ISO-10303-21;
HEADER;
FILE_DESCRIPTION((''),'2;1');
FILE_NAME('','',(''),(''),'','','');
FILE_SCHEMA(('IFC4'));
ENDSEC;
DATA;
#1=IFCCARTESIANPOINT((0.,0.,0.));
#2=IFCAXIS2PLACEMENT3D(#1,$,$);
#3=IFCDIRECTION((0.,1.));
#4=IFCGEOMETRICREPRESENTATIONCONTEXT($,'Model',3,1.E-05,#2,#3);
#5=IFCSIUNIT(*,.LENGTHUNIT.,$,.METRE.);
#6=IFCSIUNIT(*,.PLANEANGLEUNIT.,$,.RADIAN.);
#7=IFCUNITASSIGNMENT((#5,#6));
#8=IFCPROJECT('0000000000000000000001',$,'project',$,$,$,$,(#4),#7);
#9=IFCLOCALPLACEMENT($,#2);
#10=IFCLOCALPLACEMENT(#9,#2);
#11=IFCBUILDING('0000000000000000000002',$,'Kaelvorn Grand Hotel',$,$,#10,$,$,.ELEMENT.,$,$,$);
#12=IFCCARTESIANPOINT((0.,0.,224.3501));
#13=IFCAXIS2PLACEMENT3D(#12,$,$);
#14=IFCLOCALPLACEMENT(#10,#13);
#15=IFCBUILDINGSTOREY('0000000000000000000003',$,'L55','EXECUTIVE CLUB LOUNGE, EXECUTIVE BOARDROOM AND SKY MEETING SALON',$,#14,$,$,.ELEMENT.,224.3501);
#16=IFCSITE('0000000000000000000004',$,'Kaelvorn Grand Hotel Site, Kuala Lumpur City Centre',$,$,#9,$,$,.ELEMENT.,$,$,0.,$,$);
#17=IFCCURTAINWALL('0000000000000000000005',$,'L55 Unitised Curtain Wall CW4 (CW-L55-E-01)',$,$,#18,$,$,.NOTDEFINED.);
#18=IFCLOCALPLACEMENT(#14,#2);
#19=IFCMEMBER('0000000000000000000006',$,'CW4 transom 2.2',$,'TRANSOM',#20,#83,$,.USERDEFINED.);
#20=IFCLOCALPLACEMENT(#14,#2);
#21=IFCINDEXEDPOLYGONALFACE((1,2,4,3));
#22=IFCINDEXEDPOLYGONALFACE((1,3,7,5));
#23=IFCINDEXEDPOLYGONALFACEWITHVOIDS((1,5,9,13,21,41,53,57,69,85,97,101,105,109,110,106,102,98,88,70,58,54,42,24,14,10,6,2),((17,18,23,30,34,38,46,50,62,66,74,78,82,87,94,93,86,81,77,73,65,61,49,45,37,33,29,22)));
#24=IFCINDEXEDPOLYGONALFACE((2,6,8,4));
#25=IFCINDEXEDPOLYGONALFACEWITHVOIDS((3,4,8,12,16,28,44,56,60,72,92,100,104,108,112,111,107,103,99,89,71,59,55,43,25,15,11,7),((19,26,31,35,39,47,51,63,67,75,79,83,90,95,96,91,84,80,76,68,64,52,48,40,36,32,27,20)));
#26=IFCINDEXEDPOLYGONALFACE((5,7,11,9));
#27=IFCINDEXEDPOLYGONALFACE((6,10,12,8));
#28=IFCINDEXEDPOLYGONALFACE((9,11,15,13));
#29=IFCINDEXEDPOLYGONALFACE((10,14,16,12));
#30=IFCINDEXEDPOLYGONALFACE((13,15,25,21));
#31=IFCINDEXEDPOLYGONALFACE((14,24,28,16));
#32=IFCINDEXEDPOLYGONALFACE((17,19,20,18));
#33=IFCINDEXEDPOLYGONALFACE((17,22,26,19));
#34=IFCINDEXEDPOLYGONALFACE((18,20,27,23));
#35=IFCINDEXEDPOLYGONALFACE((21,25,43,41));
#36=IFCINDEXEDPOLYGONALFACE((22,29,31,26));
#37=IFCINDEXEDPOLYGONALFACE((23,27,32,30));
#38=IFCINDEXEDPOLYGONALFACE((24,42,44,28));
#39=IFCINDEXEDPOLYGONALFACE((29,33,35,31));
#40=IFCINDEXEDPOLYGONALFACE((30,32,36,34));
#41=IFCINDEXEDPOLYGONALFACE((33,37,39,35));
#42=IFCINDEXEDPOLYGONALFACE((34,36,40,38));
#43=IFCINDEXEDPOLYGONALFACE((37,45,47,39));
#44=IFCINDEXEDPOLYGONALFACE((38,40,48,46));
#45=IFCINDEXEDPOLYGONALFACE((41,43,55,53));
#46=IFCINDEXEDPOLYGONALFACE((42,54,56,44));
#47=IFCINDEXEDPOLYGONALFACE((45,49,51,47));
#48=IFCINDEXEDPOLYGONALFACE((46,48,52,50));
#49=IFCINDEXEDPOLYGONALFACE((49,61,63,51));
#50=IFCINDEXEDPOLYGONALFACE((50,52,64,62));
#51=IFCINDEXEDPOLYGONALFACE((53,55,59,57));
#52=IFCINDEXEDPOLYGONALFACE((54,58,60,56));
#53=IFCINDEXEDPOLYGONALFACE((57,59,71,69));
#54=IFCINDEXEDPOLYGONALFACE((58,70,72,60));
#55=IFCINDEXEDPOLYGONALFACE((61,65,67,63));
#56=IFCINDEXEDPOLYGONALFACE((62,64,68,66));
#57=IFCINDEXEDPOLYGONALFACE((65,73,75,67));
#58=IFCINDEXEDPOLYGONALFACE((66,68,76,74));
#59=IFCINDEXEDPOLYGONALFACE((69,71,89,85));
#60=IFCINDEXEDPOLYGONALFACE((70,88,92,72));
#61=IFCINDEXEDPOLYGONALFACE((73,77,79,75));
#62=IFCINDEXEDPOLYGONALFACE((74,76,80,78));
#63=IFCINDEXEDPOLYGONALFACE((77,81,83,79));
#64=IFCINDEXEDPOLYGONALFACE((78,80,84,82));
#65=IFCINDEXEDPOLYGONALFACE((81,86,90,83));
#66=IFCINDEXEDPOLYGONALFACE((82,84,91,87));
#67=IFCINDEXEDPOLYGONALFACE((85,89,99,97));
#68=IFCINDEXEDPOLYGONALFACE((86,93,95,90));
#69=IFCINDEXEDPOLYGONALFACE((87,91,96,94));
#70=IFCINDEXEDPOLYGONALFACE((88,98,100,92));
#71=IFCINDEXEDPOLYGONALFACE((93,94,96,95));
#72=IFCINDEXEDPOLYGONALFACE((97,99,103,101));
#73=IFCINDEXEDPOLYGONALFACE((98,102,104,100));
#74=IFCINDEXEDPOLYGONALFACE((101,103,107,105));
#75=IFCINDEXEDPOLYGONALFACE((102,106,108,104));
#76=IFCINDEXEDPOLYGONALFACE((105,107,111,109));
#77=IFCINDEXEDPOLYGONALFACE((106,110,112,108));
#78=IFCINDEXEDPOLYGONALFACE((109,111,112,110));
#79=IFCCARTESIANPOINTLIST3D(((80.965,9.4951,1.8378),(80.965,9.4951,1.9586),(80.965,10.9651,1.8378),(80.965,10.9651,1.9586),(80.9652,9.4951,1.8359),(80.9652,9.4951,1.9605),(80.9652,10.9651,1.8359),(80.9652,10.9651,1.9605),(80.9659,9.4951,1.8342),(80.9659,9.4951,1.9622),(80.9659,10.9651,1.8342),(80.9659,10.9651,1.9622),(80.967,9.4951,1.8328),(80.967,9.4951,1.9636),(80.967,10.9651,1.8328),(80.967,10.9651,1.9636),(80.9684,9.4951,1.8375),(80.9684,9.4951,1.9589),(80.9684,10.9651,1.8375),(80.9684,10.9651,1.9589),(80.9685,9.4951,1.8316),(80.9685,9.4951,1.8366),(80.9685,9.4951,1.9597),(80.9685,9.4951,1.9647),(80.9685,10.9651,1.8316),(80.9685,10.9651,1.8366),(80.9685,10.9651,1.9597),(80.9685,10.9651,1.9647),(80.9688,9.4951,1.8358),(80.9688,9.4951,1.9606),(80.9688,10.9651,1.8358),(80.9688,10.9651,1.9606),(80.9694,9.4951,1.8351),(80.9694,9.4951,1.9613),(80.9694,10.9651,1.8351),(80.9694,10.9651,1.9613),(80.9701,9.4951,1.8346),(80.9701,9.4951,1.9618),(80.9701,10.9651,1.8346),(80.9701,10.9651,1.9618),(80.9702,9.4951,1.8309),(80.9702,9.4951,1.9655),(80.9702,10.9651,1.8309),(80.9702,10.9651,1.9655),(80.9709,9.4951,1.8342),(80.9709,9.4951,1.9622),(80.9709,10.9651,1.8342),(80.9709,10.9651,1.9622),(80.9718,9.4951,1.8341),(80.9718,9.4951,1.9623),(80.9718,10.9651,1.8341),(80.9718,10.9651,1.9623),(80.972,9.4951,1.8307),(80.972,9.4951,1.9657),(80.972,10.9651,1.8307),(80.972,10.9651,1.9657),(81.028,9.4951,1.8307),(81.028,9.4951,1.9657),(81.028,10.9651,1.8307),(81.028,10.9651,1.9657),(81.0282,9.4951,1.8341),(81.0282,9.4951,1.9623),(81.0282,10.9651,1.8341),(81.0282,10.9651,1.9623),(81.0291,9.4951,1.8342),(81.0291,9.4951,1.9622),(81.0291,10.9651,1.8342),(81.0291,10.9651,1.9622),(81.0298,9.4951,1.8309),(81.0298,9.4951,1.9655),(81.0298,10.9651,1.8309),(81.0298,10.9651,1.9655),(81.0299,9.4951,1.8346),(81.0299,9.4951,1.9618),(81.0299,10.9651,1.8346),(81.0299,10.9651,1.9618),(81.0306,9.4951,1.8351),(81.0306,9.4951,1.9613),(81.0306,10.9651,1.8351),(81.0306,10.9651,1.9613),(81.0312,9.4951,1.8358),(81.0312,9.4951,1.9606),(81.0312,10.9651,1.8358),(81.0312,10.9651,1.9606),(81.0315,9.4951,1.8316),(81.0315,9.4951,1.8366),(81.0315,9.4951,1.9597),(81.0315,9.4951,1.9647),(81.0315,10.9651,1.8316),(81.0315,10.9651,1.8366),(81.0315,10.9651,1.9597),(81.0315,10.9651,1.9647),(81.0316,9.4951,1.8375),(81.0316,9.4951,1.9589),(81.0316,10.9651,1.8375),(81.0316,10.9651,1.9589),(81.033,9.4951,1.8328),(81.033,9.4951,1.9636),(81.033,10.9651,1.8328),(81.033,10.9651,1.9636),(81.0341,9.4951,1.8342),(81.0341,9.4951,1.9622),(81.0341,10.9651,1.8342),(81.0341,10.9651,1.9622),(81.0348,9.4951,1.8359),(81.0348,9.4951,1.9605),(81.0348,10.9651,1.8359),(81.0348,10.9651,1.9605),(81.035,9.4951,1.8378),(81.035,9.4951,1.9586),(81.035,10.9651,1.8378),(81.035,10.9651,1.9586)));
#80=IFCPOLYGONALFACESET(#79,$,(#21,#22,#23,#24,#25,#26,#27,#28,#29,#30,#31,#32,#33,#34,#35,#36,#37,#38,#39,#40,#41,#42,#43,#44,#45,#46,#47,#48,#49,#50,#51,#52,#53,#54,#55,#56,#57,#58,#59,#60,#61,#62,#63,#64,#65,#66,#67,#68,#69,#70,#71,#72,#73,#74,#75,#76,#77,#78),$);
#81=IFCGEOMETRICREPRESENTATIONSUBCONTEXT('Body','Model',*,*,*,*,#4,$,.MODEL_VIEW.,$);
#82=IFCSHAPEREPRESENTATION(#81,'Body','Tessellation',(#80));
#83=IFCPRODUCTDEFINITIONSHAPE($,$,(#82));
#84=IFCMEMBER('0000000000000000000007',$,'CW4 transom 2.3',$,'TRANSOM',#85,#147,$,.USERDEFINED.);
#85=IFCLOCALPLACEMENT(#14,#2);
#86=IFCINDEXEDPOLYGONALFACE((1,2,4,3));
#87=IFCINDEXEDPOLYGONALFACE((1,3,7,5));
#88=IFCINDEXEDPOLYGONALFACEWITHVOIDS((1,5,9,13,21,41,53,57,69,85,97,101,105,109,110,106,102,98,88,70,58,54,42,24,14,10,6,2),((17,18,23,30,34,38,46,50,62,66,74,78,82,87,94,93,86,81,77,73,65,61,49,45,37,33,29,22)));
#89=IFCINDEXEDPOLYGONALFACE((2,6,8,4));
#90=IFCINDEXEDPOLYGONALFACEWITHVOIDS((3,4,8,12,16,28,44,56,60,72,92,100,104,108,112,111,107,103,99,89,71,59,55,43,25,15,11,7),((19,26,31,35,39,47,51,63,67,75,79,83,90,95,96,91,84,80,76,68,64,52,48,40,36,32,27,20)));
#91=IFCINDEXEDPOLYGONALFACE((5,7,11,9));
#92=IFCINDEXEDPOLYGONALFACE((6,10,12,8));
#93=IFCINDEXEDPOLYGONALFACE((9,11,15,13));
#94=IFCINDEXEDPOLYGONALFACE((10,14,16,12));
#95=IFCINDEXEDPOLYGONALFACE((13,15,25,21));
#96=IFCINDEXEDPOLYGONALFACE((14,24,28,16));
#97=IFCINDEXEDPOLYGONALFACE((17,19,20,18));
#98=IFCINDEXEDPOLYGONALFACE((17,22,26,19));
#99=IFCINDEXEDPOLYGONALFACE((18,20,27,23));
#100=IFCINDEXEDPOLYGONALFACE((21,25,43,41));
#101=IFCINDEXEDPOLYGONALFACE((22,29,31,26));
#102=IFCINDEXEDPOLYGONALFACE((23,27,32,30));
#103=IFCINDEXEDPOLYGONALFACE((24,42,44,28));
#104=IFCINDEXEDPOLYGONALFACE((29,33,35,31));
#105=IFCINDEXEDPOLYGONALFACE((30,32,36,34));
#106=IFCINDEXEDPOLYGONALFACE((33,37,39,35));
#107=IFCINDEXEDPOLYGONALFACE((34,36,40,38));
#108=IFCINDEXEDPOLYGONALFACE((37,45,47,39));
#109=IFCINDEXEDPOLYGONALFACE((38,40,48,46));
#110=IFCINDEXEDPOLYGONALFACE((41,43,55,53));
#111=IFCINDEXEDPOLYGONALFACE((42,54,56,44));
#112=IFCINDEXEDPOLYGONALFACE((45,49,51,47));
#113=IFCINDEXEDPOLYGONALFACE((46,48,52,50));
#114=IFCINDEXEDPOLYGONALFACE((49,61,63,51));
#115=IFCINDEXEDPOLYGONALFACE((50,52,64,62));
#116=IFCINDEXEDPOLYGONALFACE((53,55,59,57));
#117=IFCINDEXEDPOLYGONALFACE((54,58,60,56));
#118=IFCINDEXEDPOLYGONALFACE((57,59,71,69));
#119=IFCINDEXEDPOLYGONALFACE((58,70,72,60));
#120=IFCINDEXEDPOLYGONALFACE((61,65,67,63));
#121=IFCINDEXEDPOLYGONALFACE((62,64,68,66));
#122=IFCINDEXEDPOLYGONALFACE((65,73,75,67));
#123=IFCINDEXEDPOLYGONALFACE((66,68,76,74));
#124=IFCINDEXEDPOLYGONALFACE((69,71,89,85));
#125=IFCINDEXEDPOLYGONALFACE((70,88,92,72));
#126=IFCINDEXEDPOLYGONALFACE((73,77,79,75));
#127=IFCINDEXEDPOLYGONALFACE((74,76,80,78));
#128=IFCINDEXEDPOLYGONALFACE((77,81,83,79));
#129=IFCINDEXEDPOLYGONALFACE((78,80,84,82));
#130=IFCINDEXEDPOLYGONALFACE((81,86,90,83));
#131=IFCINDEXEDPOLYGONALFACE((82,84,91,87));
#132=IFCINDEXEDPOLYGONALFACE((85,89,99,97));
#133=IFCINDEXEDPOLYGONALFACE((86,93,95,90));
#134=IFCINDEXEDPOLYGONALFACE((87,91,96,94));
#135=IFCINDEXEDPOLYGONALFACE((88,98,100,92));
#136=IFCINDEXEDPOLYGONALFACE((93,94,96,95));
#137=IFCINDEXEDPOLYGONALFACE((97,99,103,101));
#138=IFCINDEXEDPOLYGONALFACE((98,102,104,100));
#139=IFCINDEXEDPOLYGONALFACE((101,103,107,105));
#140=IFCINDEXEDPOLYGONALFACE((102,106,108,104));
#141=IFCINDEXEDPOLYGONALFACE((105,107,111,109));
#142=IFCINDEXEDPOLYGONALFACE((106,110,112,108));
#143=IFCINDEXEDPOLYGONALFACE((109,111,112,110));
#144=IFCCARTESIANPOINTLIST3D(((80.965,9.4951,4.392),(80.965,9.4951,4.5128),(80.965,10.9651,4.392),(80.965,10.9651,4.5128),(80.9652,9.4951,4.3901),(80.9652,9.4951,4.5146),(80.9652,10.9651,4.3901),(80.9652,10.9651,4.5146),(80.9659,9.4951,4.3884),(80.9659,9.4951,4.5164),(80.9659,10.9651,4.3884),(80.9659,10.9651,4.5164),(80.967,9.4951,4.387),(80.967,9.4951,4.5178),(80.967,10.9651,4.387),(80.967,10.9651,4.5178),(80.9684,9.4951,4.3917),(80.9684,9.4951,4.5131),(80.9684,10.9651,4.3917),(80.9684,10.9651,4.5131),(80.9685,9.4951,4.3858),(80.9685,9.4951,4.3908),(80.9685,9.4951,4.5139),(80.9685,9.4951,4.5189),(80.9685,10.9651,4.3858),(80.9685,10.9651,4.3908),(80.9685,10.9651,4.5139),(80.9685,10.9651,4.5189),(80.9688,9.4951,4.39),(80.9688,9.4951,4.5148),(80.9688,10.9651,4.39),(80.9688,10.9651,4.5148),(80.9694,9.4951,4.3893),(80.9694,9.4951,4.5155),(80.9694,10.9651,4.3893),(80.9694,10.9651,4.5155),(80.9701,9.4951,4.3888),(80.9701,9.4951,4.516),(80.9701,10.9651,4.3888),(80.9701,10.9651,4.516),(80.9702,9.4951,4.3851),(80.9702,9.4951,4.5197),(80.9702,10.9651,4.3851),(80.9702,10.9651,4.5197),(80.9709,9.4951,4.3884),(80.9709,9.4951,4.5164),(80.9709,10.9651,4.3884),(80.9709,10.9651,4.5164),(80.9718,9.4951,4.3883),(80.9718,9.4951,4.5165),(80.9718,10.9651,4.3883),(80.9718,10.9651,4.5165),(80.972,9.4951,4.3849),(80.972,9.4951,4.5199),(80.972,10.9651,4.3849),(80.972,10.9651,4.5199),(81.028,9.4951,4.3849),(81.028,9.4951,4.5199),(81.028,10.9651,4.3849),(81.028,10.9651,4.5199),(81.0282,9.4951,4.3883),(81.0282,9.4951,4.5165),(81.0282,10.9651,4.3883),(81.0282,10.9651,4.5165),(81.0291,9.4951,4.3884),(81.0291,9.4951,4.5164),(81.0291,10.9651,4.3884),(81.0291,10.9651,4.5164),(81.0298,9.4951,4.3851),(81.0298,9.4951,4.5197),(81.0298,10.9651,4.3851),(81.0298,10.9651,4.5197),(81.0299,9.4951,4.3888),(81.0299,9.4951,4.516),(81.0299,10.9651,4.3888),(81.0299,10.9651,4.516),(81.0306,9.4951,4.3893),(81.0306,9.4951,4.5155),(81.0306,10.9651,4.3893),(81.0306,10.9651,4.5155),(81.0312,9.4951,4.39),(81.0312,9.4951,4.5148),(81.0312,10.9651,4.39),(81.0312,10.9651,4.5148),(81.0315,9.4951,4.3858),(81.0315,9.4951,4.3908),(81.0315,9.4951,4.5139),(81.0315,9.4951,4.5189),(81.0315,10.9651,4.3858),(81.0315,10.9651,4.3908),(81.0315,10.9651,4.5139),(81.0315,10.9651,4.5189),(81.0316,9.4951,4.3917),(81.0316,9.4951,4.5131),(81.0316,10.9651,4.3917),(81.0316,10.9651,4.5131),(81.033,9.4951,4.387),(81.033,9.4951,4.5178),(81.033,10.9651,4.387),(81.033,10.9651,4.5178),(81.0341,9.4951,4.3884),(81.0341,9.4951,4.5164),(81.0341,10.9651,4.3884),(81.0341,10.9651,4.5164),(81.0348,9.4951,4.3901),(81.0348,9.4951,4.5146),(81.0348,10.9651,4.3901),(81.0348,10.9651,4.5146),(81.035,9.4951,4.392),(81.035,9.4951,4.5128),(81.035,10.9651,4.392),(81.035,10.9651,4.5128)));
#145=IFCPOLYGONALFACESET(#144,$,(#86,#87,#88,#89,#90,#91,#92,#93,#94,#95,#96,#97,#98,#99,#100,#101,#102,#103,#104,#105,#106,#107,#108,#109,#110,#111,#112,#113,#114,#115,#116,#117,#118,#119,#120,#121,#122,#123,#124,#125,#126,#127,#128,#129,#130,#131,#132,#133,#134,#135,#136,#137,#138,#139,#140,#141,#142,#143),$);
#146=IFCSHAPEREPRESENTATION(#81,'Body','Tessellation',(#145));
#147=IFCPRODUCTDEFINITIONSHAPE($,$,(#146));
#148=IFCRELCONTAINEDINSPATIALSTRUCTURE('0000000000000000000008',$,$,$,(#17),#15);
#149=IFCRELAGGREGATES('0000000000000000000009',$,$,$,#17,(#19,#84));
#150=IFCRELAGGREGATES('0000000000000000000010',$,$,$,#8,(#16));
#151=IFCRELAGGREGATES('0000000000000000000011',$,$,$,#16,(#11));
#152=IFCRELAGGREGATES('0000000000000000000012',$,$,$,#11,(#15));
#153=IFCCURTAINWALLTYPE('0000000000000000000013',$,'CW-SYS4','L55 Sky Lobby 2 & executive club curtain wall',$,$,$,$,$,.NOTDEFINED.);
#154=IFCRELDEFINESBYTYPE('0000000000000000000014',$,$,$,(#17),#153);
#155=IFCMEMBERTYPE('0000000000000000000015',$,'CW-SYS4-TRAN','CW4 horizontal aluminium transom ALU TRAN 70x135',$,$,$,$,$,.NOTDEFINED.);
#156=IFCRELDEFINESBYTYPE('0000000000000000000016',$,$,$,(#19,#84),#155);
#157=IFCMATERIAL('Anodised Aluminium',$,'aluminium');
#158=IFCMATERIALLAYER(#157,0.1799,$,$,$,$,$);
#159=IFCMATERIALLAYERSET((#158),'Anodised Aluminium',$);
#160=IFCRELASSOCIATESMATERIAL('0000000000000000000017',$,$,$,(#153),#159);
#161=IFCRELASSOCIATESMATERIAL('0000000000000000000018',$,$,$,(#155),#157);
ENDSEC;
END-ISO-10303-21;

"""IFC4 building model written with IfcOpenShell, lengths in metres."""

from ifc_helpers import new_model, si_unit, direction, frame, origin, origin_2d, place, context, subcontext, project, spatial, hollow_rectangle, extrude, material, layer, layer_set, material_profile, profile_set, type_object, element, aggregate, save


model = new_model("IFC4")

# Units and contexts
model_context = context("Model", 3, precision=1e-05, world=origin(), true_north=direction((0.0, 1.0)))
body_context = subcontext(model_context, "Body", "Model", "MODEL_VIEW")
ifc_project = project(units=[si_unit("LENGTHUNIT", "METRE"), si_unit("PLANEANGLEUNIT", "RADIAN")], contexts=[model_context])

# Site, building, storey
site_placement = place(None, origin())
site = spatial("IfcSite", under=ifc_project, at=site_placement, Name="Kaelvorn Grand Hotel Site, Kuala Lumpur City Centre", CompositionType="ELEMENT", RefElevation=0.0)
building_placement = place(site_placement, origin())
building = spatial("IfcBuilding", under=site, at=building_placement, Name="Kaelvorn Grand Hotel", CompositionType="ELEMENT")
storey_placement = place(building_placement, frame((0.0, 0.0, 224.3501)))
storey = spatial("IfcBuildingStorey", under=building, at=storey_placement, Name="L55", Description="EXECUTIVE CLUB LOUNGE, EXECUTIVE BOARDROOM AND SKY MEETING SALON", CompositionType="ELEMENT", Elevation=224.3501)

# Curtain wall, members
ifc_material_1 = material(Name="Anodised Aluminium", Category="aluminium")
ifc_layer_1 = layer(ifc_material_1, 0.1799)
ifc_layer_set_1 = layer_set([ifc_layer_1], Name="Anodised Aluminium")
curtain_wall_type = type_object("IfcCurtainWallType", Name="CW-SYS4", Description="L55 Sky Lobby 2 & executive club curtain wall", PredefinedType="NOTDEFINED", material=ifc_layer_set_1)
curtain_wall_placement = place(storey_placement, origin())
curtain_wall = element("IfcCurtainWall", 1, at=curtain_wall_placement, inside=storey, type_object=curtain_wall_type, Name="L55 Unitised Curtain Wall CW4 (CW-L55-E-01)", PredefinedType="NOTDEFINED")
ifc_material_profile_1 = material_profile(ifc_material_1, hollow_rectangle(XDim=0.0701, YDim=0.135, WallThickness=0.0034, InnerFilletRadius=0.0034, OuterFilletRadius=0.0071, at=origin_2d()), Name="ALU TRAN 70x135")
ifc_profile_set_1 = profile_set([ifc_material_profile_1], Name="Anodised Aluminium")
member_type_1 = type_object("IfcMemberType", Name="CW-SYS4-TRAN", Description="CW4 horizontal aluminium transom ALU TRAN 70x135", PredefinedType="NOTDEFINED", material=ifc_profile_set_1)
member_1_placement = place(storey_placement, frame((81.0, 9.4951, 1.8982), z_axis=(0.0, 1.0, 0.0), x_axis=(-1.0, 0.0, 0.0)))
member_1 = element("IfcMember", 2, at=member_1_placement, type_object=member_type_1, Name="CW4 transom 2.2", ObjectType="TRANSOM", PredefinedType="USERDEFINED", context=body_context, shape_type="SweptSolid", body=[
    extrude(hollow_rectangle(XDim=0.0701, YDim=0.135, WallThickness=0.0034, InnerFilletRadius=0.0034, OuterFilletRadius=0.0071, at=origin_2d()), origin(), (0.0, 0.0, 1.0), 1.47),
])
member_2_placement = place(storey_placement, frame((81.0, 9.4951, 4.4524), z_axis=(0.0, 1.0, 0.0), x_axis=(-1.0, 0.0, 0.0)))
member_2 = element("IfcMember", 3, at=member_2_placement, type_object=member_type_1, Name="CW4 transom 2.3", ObjectType="TRANSOM", PredefinedType="USERDEFINED", context=body_context, shape_type="SweptSolid", body=[
    extrude(hollow_rectangle(XDim=0.0701, YDim=0.135, WallThickness=0.0034, InnerFilletRadius=0.0034, OuterFilletRadius=0.0071, at=origin_2d()), origin(), (0.0, 0.0, 1.0), 1.47),
])
aggregate(curtain_wall, [member_1, member_2])

save(model, "model.ifc")
